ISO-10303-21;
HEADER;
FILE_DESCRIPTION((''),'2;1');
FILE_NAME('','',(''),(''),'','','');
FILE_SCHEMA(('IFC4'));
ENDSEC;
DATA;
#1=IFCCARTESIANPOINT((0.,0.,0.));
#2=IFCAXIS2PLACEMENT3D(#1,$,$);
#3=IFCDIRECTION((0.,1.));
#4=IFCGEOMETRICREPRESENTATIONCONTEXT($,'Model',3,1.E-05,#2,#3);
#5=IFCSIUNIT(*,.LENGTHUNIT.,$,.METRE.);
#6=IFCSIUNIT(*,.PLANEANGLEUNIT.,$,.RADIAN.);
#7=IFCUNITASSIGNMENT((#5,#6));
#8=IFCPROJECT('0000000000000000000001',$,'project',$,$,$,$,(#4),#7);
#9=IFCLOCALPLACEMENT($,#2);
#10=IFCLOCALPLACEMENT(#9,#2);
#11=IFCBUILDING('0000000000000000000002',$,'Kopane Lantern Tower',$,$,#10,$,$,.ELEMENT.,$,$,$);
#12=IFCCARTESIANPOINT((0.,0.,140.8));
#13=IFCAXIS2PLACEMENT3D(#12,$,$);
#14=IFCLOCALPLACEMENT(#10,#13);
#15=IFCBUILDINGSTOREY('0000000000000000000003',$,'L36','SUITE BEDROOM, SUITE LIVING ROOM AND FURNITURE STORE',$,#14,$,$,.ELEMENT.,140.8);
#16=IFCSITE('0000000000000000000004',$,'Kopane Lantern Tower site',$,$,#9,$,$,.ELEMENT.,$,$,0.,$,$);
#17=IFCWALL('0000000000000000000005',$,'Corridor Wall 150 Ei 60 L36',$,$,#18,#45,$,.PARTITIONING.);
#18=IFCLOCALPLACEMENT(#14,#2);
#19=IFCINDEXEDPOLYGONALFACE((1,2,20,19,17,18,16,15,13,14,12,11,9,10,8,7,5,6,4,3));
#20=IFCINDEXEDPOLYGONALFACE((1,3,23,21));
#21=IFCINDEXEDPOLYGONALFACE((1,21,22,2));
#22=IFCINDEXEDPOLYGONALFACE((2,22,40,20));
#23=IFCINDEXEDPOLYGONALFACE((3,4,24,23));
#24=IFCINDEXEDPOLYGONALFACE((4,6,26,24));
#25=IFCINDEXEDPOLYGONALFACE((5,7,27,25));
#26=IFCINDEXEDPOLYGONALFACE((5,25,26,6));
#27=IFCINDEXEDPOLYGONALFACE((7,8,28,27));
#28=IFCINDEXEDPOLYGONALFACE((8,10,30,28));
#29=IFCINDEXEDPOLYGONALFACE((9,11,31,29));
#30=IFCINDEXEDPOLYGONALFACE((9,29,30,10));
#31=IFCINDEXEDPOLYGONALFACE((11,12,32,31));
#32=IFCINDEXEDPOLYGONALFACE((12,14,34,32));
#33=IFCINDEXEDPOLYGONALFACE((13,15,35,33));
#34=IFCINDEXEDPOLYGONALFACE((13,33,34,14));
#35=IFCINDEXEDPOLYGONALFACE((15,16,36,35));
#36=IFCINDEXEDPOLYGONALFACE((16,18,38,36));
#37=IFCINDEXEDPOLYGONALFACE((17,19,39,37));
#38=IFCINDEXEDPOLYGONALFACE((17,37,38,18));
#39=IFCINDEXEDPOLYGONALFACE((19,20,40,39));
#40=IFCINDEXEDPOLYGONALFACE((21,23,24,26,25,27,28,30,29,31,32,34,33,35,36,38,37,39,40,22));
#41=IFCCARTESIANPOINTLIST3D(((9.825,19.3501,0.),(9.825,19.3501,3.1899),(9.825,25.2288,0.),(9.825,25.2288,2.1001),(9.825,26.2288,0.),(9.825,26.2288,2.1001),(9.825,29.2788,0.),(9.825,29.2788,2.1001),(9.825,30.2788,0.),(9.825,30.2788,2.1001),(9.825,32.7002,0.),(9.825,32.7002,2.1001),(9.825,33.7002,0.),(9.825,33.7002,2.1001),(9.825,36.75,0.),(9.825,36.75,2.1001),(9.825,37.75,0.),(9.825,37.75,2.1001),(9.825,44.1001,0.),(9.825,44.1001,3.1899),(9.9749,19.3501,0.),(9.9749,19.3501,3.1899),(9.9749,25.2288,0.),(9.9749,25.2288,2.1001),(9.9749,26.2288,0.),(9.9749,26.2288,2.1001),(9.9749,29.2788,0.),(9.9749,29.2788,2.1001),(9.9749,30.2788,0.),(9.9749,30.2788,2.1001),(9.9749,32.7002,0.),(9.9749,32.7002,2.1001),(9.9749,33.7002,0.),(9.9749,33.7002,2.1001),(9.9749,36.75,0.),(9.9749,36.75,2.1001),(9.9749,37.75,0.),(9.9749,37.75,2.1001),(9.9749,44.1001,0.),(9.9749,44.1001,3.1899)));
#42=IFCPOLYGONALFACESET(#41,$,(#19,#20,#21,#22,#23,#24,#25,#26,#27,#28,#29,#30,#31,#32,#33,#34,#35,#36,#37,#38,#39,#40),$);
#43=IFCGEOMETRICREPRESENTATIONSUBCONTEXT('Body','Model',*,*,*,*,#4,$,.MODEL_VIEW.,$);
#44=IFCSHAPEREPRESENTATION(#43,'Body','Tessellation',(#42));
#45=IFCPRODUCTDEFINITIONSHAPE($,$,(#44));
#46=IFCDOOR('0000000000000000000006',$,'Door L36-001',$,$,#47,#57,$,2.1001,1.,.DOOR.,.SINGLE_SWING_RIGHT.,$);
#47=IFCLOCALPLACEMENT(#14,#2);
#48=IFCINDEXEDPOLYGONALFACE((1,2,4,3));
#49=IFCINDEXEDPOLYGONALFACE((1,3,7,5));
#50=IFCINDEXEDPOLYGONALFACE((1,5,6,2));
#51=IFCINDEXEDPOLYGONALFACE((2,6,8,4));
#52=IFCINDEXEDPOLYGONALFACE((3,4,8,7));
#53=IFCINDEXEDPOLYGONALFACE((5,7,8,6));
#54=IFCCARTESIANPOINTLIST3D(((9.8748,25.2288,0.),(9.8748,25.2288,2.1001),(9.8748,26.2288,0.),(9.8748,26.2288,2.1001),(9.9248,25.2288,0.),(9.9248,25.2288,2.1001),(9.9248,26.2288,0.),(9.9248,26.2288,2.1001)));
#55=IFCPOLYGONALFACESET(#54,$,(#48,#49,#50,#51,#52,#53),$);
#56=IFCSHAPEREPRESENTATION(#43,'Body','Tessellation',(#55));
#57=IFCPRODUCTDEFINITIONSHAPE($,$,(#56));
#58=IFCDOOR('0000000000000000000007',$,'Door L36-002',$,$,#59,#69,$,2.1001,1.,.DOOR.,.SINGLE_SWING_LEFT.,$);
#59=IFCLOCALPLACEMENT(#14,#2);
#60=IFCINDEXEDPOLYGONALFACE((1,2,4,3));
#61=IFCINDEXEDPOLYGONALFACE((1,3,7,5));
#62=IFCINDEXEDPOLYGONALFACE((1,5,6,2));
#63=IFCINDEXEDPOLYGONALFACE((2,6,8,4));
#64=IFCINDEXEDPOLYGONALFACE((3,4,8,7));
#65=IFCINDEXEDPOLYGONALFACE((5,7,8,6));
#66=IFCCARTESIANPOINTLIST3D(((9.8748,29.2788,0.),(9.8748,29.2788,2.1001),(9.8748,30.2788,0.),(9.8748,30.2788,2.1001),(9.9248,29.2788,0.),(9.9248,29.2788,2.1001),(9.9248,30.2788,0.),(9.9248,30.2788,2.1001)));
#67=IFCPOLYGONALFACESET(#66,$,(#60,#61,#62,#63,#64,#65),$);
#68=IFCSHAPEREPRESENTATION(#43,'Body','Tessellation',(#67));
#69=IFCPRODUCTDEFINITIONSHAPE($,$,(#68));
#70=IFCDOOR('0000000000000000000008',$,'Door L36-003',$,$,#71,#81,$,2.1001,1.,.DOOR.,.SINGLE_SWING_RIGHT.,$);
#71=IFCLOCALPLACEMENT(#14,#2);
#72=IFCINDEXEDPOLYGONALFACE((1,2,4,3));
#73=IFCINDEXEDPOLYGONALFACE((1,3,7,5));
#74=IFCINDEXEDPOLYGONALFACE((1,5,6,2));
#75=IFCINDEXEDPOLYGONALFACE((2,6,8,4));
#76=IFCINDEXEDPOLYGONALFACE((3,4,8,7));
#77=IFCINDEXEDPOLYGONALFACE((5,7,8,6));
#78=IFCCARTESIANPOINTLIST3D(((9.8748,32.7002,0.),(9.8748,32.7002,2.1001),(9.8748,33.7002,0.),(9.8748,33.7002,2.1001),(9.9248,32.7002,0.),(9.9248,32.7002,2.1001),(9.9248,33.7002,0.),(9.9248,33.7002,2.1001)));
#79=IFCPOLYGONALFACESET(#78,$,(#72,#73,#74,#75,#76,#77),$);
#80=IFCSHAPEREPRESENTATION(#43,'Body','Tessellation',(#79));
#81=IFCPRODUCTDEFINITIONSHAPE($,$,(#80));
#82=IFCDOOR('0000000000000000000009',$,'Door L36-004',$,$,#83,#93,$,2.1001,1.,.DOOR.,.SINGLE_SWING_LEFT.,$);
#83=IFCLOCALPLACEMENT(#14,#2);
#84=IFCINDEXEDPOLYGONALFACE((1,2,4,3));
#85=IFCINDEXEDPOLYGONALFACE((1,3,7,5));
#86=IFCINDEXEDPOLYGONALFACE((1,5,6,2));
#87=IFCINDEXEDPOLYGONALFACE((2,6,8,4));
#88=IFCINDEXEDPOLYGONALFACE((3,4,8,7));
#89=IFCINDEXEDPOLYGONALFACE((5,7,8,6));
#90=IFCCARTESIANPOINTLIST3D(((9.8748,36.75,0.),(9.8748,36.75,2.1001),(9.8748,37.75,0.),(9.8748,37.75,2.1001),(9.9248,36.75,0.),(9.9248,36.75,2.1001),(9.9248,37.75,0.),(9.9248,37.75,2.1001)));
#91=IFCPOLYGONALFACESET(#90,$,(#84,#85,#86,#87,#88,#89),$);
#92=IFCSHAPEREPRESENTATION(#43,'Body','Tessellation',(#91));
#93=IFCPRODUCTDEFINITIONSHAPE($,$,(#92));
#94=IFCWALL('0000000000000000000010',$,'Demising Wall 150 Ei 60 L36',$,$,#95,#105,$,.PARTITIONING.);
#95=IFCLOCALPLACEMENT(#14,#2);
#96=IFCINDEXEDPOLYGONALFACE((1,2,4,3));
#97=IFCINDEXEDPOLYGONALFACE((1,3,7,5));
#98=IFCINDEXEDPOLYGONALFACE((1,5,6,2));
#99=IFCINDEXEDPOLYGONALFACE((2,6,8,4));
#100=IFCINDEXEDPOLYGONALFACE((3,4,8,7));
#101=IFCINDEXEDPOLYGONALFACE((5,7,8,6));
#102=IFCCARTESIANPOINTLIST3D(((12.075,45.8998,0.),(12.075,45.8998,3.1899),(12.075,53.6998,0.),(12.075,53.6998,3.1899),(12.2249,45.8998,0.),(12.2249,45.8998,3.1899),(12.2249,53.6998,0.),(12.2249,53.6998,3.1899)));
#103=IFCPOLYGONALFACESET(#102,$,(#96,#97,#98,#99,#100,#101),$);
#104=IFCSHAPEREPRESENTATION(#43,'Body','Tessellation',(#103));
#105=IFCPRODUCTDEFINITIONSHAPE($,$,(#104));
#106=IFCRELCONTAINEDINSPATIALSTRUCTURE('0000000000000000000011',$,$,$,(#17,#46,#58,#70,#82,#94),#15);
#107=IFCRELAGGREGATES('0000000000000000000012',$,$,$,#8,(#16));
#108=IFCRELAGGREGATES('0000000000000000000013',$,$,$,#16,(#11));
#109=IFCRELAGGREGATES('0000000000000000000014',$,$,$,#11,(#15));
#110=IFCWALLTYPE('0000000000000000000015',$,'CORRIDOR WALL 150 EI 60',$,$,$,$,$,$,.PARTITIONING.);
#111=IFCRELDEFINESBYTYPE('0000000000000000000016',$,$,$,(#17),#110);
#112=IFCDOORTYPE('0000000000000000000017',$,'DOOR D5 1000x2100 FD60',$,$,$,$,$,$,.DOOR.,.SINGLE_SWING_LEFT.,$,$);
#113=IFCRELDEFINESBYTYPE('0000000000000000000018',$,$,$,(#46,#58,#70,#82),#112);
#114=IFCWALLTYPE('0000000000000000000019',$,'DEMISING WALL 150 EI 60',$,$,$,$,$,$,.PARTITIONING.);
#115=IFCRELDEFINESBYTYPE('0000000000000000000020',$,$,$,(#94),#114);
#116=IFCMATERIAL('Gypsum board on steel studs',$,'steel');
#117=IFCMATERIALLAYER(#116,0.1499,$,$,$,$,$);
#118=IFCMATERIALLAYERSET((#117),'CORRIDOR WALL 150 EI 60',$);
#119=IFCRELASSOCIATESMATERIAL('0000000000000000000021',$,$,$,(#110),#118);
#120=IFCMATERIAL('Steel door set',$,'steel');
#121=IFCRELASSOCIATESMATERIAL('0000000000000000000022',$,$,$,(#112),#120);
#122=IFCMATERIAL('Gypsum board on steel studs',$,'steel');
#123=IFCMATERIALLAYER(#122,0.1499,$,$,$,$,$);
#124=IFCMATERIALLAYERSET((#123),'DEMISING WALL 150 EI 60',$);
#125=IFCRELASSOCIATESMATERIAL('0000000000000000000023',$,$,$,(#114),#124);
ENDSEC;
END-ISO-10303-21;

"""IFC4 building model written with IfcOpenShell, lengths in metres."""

from ifc_helpers import new_model, si_unit, direction, frame, frame_2d, origin, place, context, subcontext, project, spatial, rectangle, extrude, material, layer, layer_set, type_object, element, fill, save


model = new_model("IFC4")

# Units and contexts
model_context = context("Model", 3, precision=1e-05, world=origin(), true_north=direction((0.0, 1.0)))
body_context = subcontext(model_context, "Body", "Model", "MODEL_VIEW")
ifc_project = project(units=[si_unit("LENGTHUNIT", "METRE"), si_unit("PLANEANGLEUNIT", "RADIAN")], contexts=[model_context])

# Site, building, storey
site_placement = place(None, origin())
site = spatial("IfcSite", under=ifc_project, at=site_placement, Name="Kopane Lantern Tower site", CompositionType="ELEMENT", RefElevation=0.0)
building_placement = place(site_placement, origin())
building = spatial("IfcBuilding", under=site, at=building_placement, Name="Kopane Lantern Tower", CompositionType="ELEMENT")
storey_placement = place(building_placement, frame((0.0, 0.0, 140.8)))
storey = spatial("IfcBuildingStorey", under=building, at=storey_placement, Name="L36", Description="SUITE BEDROOM, SUITE LIVING ROOM AND FURNITURE STORE", CompositionType="ELEMENT", Elevation=140.8)

# Wall, openings, doors
ifc_material_1 = material(Name="Gypsum board on steel studs", Category="steel")
ifc_layer_1 = layer(ifc_material_1, 0.1499)
ifc_layer_set_1 = layer_set([ifc_layer_1], Name="CORRIDOR WALL 150 EI 60")
wall_type_1 = type_object("IfcWallType", Name="CORRIDOR WALL 150 EI 60", PredefinedType="PARTITIONING", material=ifc_layer_set_1)
wall_1_placement = place(storey_placement, frame((9.8999, 44.1001, 0.0), z_axis=(0.0, 0.0, 1.0), x_axis=(0.0, -1.0, 0.0)))
wall_1 = element("IfcWall", 1, at=wall_1_placement, inside=storey, type_object=wall_type_1, Name="Corridor Wall 150 Ei 60 L36", PredefinedType="PARTITIONING", context=body_context, shape_type="SweptSolid", body=[
    extrude(rectangle(XDim=24.75, YDim=0.1499, at=frame_2d((12.375, 0.0))), origin(), (0.0, 0.0, 1.0), 3.1899),
])
opening_1_placement = place(wall_1_placement, frame((17.8713, 0.0, 0.0)))
opening_1 = element("IfcOpeningElement", 2, at=opening_1_placement, cuts=wall_1, PredefinedType="OPENING", context=body_context, shape_type="SweptSolid", body=[
    extrude(rectangle(XDim=1.0, YDim=2.1001, at=frame_2d((0.5, 1.05))), frame((0.0, 0.085, 0.0), z_axis=(0.0, -1.0, 0.0), x_axis=(1.0, 0.0, 0.0)), (0.0, 0.0, 1.0), 0.1699),
])
opening_2_placement = place(wall_1_placement, frame((13.8213, 0.0, 0.0)))
opening_2 = element("IfcOpeningElement", 3, at=opening_2_placement, cuts=wall_1, PredefinedType="OPENING", context=body_context, shape_type="SweptSolid", body=[
    extrude(rectangle(XDim=1.0, YDim=2.1001, at=frame_2d((0.5, 1.05))), frame((0.0, 0.085, 0.0), z_axis=(0.0, -1.0, 0.0), x_axis=(1.0, 0.0, 0.0)), (0.0, 0.0, 1.0), 0.1699),
])
opening_3_placement = place(wall_1_placement, frame((10.3999, 0.0, 0.0)))
opening_3 = element("IfcOpeningElement", 4, at=opening_3_placement, cuts=wall_1, PredefinedType="OPENING", context=body_context, shape_type="SweptSolid", body=[
    extrude(rectangle(XDim=1.0, YDim=2.1001, at=frame_2d((0.5, 1.05))), frame((0.0, 0.085, 0.0), z_axis=(0.0, -1.0, 0.0), x_axis=(1.0, 0.0, 0.0)), (0.0, 0.0, 1.0), 0.1699),
])
opening_4_placement = place(wall_1_placement, frame((6.3501, 0.0, 0.0)))
opening_4 = element("IfcOpeningElement", 5, at=opening_4_placement, cuts=wall_1, PredefinedType="OPENING", context=body_context, shape_type="SweptSolid", body=[
    extrude(rectangle(XDim=1.0, YDim=2.1001, at=frame_2d((0.5, 1.05))), frame((0.0, 0.085, 0.0), z_axis=(0.0, -1.0, 0.0), x_axis=(1.0, 0.0, 0.0)), (0.0, 0.0, 1.0), 0.1699),
])
ifc_material_2 = material(Name="Steel door set", Category="steel")
door_type_1 = type_object("IfcDoorType", Name="DOOR D5 1000x2100 FD60", OperationType="SINGLE_SWING_LEFT", PredefinedType="DOOR", material=ifc_material_2)
door_1_placement = place(opening_1_placement, origin())
door_1 = element("IfcDoor", 6, at=door_1_placement, inside=storey, type_object=door_type_1, Name="Door L36-001", OperationType="SINGLE_SWING_RIGHT", OverallHeight=2.1001, OverallWidth=1.0, PredefinedType="DOOR", context=body_context, shape_type="SweptSolid", body=[
    extrude(rectangle(XDim=1.0, YDim=2.1001, at=frame_2d((0.5, 1.05))), frame((0.0, 0.0249, 0.0), z_axis=(0.0, -1.0, 0.0), x_axis=(1.0, 0.0, 0.0)), (0.0, 0.0, 1.0), 0.05),
])
fill(opening_1, door_1)
door_2_placement = place(opening_2_placement, origin())
door_2 = element("IfcDoor", 7, at=door_2_placement, inside=storey, type_object=door_type_1, Name="Door L36-002", OperationType="SINGLE_SWING_LEFT", OverallHeight=2.1001, OverallWidth=1.0, PredefinedType="DOOR", context=body_context, shape_type="SweptSolid", body=[
    extrude(rectangle(XDim=1.0, YDim=2.1001, at=frame_2d((0.5, 1.05))), frame((0.0, 0.0249, 0.0), z_axis=(0.0, -1.0, 0.0), x_axis=(1.0, 0.0, 0.0)), (0.0, 0.0, 1.0), 0.05),
])
fill(opening_2, door_2)
door_3_placement = place(opening_3_placement, origin())
door_3 = element("IfcDoor", 8, at=door_3_placement, inside=storey, type_object=door_type_1, Name="Door L36-003", OperationType="SINGLE_SWING_RIGHT", OverallHeight=2.1001, OverallWidth=1.0, PredefinedType="DOOR", context=body_context, shape_type="SweptSolid", body=[
    extrude(rectangle(XDim=1.0, YDim=2.1001, at=frame_2d((0.5, 1.05))), frame((0.0, 0.0249, 0.0), z_axis=(0.0, -1.0, 0.0), x_axis=(1.0, 0.0, 0.0)), (0.0, 0.0, 1.0), 0.05),
])
fill(opening_3, door_3)
door_4_placement = place(opening_4_placement, origin())
door_4 = element("IfcDoor", 9, at=door_4_placement, inside=storey, type_object=door_type_1, Name="Door L36-004", OperationType="SINGLE_SWING_LEFT", OverallHeight=2.1001, OverallWidth=1.0, PredefinedType="DOOR", context=body_context, shape_type="SweptSolid", body=[
    extrude(rectangle(XDim=1.0, YDim=2.1001, at=frame_2d((0.5, 1.05))), frame((0.0, 0.0249, 0.0), z_axis=(0.0, -1.0, 0.0), x_axis=(1.0, 0.0, 0.0)), (0.0, 0.0, 1.0), 0.05),
])
fill(opening_4, door_4)

# Wall
ifc_material_3 = material(Name="Gypsum board on steel studs", Category="steel")
ifc_layer_2 = layer(ifc_material_3, 0.1499)
ifc_layer_set_2 = layer_set([ifc_layer_2], Name="DEMISING WALL 150 EI 60")
wall_type_2 = type_object("IfcWallType", Name="DEMISING WALL 150 EI 60", PredefinedType="PARTITIONING", material=ifc_layer_set_2)
wall_2_placement = place(storey_placement, frame((12.1499, 45.8999, 0.0), z_axis=(0.0, 0.0, 1.0), x_axis=(0.0, 1.0, 0.0)))
element("IfcWall", 10, at=wall_2_placement, inside=storey, type_object=wall_type_2, Name="Demising Wall 150 Ei 60 L36", PredefinedType="PARTITIONING", context=body_context, shape_type="SweptSolid", body=[
    extrude(rectangle(XDim=7.8, YDim=0.1499, at=frame_2d((3.8999, 0.0))), origin(), (0.0, 0.0, 1.0), 3.1899),
])

save(model, "model.ifc")
